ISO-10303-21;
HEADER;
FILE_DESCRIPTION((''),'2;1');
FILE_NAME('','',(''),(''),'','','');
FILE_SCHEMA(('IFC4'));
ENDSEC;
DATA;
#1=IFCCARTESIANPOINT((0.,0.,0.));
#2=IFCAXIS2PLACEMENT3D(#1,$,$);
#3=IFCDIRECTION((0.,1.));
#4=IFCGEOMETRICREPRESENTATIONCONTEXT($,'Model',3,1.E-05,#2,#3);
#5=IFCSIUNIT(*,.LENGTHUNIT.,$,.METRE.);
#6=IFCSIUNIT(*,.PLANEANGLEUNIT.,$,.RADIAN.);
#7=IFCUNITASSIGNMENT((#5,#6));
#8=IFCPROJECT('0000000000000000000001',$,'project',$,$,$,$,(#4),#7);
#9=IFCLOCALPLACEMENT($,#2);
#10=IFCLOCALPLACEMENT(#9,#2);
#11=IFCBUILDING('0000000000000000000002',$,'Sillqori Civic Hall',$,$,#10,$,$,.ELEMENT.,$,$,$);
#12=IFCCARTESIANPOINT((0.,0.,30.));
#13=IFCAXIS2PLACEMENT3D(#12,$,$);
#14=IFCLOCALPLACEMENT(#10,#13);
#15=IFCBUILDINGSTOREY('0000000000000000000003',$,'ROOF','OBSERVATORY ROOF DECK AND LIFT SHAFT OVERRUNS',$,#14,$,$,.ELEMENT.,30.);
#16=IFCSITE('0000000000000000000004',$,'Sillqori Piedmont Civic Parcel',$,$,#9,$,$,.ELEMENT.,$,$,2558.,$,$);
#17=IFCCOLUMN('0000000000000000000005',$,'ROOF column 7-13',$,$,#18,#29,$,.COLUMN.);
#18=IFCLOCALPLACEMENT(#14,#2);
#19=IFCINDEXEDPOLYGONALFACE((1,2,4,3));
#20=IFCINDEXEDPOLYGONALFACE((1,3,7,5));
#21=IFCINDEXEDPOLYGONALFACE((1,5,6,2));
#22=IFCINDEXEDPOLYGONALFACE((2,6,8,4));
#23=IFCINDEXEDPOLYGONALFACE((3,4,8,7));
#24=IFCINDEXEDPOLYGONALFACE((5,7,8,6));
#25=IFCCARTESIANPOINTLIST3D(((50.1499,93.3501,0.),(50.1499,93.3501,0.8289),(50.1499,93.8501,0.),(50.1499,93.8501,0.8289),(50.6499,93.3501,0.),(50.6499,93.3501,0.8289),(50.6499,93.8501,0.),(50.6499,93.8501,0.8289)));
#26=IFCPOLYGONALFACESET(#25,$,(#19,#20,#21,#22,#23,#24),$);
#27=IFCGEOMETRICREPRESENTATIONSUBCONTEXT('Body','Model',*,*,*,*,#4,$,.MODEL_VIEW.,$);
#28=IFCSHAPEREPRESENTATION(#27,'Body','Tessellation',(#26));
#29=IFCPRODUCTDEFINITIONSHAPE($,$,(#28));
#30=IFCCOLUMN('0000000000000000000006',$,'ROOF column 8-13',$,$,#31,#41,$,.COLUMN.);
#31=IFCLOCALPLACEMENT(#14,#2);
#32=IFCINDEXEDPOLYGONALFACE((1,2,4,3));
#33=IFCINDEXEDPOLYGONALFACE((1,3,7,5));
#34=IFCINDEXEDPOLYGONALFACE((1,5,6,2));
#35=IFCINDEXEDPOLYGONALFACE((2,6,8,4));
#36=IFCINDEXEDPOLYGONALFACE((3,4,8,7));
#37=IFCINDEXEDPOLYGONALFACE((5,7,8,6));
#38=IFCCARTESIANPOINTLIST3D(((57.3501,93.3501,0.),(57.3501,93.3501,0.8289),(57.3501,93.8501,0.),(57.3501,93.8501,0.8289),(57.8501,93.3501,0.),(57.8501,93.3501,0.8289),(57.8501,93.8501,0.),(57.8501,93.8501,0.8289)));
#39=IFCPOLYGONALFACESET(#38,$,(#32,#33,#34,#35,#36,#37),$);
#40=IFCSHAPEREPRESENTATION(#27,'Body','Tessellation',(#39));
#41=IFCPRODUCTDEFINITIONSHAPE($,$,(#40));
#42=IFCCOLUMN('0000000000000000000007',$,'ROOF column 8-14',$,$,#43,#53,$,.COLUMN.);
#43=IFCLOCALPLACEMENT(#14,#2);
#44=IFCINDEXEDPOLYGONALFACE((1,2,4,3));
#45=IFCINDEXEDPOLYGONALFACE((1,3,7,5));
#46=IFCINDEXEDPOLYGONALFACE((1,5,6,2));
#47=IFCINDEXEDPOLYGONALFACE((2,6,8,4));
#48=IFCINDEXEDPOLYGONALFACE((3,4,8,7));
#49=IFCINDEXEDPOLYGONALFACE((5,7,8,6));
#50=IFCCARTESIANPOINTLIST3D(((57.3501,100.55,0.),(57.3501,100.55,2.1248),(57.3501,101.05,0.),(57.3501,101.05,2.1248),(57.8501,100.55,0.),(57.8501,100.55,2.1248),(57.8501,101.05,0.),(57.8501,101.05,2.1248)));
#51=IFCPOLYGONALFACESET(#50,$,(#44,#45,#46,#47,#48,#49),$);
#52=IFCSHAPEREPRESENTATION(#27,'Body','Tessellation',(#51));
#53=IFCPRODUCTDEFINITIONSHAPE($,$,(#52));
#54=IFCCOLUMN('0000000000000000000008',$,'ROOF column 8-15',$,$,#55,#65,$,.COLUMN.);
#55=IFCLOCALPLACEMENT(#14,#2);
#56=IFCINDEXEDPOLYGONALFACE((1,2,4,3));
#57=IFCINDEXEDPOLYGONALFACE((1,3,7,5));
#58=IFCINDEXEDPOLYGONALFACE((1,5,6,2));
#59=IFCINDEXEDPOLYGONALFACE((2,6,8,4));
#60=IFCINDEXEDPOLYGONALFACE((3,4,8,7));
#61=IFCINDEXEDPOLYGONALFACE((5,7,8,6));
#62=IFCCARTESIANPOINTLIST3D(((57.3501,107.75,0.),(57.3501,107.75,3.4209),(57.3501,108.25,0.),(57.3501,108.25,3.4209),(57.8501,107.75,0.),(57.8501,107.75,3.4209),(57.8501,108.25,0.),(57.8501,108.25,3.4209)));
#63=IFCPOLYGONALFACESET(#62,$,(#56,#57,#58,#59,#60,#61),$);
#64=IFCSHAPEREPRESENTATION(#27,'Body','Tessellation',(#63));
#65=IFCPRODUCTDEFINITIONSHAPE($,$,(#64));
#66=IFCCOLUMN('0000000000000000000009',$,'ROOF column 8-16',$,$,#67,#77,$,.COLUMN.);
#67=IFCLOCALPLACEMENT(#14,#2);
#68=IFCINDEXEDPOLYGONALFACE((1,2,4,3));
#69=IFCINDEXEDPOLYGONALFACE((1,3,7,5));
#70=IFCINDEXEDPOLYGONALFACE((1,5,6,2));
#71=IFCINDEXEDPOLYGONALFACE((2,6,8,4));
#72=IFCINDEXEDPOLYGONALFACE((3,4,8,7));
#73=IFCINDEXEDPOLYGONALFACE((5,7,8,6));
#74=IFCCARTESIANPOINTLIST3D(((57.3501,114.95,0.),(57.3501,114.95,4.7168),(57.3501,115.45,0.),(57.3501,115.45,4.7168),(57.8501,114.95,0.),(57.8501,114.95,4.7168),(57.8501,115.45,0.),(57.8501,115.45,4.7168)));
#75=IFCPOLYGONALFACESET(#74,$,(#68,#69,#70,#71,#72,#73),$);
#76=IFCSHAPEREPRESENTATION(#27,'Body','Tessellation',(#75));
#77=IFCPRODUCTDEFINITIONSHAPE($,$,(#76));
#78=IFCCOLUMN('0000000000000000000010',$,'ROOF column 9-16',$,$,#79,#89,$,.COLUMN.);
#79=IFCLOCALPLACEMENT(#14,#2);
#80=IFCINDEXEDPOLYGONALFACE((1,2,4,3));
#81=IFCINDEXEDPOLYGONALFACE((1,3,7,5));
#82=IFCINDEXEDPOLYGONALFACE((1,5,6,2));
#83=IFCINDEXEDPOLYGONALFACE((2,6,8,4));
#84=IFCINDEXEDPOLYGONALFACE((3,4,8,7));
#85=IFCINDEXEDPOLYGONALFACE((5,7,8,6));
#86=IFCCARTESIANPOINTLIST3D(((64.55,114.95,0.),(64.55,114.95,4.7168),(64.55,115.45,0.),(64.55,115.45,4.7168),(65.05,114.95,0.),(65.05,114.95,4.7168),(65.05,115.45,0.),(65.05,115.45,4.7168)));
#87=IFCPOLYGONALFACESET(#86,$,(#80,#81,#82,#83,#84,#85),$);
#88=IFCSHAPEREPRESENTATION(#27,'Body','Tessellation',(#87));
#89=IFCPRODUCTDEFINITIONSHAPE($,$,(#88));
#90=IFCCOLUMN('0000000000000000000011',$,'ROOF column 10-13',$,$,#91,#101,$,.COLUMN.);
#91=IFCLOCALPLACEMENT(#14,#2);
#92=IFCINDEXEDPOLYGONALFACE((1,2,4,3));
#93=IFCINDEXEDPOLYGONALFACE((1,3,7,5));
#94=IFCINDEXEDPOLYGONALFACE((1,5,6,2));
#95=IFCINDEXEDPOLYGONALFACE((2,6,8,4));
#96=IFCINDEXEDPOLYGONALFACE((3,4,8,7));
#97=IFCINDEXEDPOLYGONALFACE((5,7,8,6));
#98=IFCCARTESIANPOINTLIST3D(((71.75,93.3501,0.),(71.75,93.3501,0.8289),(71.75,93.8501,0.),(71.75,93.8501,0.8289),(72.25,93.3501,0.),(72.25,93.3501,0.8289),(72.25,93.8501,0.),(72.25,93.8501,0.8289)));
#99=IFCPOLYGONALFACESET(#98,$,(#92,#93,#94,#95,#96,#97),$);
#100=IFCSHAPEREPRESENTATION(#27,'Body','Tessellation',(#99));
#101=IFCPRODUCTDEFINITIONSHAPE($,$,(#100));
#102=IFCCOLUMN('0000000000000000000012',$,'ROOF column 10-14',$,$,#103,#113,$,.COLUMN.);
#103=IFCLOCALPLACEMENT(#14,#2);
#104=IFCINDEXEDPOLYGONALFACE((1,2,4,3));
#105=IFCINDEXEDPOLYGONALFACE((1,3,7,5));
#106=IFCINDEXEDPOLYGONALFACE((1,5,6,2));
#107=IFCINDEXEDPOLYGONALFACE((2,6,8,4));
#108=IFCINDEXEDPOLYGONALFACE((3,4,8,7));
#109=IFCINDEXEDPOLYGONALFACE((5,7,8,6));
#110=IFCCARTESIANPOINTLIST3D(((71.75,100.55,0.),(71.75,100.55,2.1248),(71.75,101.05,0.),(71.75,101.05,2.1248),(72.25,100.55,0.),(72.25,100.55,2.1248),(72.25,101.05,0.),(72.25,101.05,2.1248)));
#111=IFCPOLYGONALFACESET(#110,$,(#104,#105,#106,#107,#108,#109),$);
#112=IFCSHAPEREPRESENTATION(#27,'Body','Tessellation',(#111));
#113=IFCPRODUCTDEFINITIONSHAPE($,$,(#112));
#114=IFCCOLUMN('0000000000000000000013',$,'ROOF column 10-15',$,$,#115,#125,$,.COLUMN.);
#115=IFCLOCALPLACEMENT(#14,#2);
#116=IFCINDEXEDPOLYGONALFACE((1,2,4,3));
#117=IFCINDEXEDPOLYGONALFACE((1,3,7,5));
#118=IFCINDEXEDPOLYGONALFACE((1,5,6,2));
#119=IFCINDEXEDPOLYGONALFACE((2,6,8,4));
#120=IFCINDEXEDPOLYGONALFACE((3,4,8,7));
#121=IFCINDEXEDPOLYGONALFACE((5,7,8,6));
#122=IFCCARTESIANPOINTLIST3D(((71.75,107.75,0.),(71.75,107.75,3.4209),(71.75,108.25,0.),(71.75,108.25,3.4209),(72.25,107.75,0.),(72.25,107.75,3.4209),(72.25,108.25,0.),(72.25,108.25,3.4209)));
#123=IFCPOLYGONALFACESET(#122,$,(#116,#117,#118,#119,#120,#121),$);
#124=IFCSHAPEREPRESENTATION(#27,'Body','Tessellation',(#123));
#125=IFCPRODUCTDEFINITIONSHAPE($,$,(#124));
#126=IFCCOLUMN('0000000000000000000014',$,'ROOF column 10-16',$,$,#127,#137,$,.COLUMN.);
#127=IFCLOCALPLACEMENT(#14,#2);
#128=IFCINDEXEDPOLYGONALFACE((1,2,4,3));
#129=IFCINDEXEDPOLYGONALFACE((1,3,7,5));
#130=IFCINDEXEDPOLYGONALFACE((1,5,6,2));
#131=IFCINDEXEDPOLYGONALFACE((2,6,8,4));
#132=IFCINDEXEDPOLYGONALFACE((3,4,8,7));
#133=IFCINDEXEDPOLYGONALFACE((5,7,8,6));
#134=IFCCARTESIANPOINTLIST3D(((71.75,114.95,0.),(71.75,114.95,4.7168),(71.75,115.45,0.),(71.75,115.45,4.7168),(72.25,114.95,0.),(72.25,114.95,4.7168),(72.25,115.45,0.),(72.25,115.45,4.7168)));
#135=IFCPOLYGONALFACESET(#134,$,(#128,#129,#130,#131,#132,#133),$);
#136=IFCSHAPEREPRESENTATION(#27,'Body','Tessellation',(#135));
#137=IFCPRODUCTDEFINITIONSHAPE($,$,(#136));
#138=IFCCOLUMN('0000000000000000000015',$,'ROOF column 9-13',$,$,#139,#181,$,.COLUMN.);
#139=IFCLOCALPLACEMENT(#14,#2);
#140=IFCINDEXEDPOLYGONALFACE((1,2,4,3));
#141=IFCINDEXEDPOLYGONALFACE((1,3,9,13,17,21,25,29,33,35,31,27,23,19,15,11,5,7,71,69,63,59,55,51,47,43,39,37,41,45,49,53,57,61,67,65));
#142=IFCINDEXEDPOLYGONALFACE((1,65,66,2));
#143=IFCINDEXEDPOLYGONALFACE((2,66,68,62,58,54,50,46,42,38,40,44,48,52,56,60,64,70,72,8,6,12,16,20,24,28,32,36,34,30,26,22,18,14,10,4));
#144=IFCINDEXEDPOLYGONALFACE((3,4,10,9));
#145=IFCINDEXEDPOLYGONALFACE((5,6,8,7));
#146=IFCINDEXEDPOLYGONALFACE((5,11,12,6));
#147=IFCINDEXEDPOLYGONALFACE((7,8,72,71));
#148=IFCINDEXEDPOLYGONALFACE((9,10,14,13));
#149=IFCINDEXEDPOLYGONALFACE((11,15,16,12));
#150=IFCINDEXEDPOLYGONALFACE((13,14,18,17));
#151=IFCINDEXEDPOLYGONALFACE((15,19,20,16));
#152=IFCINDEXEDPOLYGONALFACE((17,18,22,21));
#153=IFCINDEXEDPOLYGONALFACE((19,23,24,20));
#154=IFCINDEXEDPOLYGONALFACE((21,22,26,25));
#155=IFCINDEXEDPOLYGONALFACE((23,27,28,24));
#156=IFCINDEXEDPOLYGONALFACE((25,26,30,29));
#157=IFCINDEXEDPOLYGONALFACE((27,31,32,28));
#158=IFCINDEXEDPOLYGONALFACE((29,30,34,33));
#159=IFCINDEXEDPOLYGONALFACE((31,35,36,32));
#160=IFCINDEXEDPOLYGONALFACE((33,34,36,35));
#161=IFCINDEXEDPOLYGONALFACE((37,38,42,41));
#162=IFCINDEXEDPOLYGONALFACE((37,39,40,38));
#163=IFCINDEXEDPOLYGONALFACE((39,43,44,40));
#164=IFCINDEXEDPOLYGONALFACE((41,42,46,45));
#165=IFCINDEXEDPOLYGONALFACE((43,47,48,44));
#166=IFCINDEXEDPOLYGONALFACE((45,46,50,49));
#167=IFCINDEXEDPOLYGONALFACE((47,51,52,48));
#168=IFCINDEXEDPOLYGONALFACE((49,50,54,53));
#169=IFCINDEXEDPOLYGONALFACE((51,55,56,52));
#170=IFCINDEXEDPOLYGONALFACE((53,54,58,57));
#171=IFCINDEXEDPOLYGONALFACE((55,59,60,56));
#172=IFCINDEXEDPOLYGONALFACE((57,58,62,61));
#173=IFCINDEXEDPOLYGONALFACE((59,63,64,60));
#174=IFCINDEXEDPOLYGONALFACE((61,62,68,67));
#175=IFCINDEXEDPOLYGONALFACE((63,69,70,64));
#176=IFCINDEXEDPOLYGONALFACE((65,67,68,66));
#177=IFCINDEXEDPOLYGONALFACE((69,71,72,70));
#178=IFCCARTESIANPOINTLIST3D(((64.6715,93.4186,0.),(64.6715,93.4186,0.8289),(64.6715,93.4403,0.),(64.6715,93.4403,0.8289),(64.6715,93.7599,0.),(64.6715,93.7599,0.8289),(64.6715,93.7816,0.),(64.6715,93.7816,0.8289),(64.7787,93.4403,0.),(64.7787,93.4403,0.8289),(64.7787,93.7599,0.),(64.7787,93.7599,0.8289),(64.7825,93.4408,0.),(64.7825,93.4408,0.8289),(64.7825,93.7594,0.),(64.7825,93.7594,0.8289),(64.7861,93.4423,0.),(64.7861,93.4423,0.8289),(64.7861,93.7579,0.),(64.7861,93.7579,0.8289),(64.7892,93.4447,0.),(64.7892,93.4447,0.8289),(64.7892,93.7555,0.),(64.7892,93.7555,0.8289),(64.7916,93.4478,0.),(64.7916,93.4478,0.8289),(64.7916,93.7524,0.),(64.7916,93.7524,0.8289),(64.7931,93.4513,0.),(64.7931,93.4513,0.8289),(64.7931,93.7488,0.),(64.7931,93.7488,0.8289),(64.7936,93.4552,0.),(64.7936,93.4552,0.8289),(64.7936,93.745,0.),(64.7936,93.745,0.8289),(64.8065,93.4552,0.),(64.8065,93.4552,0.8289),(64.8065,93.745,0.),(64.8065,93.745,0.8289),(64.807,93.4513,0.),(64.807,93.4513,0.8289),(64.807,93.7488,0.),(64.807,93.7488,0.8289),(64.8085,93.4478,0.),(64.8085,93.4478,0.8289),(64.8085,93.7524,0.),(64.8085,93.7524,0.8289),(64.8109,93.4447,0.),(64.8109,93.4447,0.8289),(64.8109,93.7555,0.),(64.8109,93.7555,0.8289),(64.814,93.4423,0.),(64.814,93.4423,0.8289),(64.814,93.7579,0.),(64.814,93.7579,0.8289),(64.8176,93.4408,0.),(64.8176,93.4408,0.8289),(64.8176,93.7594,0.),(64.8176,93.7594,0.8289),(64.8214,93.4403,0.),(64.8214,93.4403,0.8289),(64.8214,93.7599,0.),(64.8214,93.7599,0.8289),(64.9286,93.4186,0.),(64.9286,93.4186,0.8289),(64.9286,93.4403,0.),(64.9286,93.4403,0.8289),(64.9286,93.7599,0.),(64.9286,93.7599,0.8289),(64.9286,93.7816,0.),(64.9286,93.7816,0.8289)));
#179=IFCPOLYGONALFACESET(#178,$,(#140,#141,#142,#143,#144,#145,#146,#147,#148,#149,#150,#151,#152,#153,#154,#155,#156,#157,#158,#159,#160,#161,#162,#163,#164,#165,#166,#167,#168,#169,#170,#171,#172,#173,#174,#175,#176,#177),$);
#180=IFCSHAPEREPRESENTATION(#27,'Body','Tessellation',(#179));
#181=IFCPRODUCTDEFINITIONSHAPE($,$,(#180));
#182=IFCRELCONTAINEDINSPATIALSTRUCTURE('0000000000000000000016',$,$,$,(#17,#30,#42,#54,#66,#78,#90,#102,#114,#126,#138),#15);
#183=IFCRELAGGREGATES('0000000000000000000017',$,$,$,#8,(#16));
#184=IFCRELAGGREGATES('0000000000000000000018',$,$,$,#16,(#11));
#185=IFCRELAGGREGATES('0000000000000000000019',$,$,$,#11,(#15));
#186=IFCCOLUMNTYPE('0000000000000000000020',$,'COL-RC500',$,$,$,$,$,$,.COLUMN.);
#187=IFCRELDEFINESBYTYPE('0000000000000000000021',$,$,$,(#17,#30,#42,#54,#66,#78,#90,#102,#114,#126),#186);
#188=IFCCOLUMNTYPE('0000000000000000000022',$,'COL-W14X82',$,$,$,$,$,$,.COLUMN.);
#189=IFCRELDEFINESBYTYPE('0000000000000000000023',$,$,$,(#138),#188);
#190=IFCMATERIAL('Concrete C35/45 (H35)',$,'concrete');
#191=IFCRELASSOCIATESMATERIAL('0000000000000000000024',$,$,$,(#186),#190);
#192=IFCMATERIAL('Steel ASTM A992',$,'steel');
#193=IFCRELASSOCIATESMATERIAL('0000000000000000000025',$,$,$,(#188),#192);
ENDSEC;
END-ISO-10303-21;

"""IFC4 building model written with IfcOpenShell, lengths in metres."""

from ifc_helpers import new_model, si_unit, direction, frame, origin, origin_2d, place, context, subcontext, project, spatial, rectangle, i_section, extrude, material, material_profile, profile_set, type_object, element, save


model = new_model("IFC4")

# Units and contexts
model_context = context("Model", 3, precision=1e-05, world=origin(), true_north=direction((0.0, 1.0)))
body_context = subcontext(model_context, "Body", "Model", "MODEL_VIEW")
ifc_project = project(units=[si_unit("LENGTHUNIT", "METRE"), si_unit("PLANEANGLEUNIT", "RADIAN")], contexts=[model_context])

# Site, building, storey
site_placement = place(None, origin())
site = spatial("IfcSite", under=ifc_project, at=site_placement, Name="Sillqori Piedmont Civic Parcel", CompositionType="ELEMENT", RefElevation=2558.0)
building_placement = place(site_placement, origin())
building = spatial("IfcBuilding", under=site, at=building_placement, Name="Sillqori Civic Hall", CompositionType="ELEMENT")
storey_placement = place(building_placement, frame((0.0, 0.0, 30.0)))
storey = spatial("IfcBuildingStorey", under=building, at=storey_placement, Name="ROOF", Description="OBSERVATORY ROOF DECK AND LIFT SHAFT OVERRUNS", CompositionType="ELEMENT", Elevation=30.0)

# Columns
ifc_material_1 = material(Name="Concrete C35/45 (H35)", Category="concrete")
ifc_material_profile_1 = material_profile(ifc_material_1, rectangle(XDim=0.5, YDim=0.5, at=origin_2d()), Name="RC 500x500")
ifc_profile_set_1 = profile_set([ifc_material_profile_1], Name="Concrete C35/45 (H35)")
column_type_1 = type_object("IfcColumnType", Name="COL-RC500", PredefinedType="COLUMN", material=ifc_profile_set_1)
for number, where, z_axis, x_axis, name in (
    (1, (50.3999, 93.6001, 0.0), (0.0, 0.0, 1.0), (1.0, 0.0, 0.0), "ROOF column 7-13"),
    (2, (57.6001, 93.6001, 0.0), (0.0, 0.0, 1.0), (1.0, 0.0, 0.0), "ROOF column 8-13"),
):
    element("IfcColumn", number, at=place(storey_placement, frame(where, z_axis=z_axis, x_axis=x_axis)), inside=storey, type_object=column_type_1, Name=name, PredefinedType="COLUMN", context=body_context, shape_type="SweptSolid", body=[
        extrude(rectangle(XDim=0.5, YDim=0.5, at=origin_2d()), origin(), (0.0, 0.0, 1.0), 0.8289),
    ])
column_1_placement = place(storey_placement, frame((57.6001, 100.8, 0.0), z_axis=(0.0, 0.0, 1.0), x_axis=(1.0, 0.0, 0.0)))
element("IfcColumn", 3, at=column_1_placement, inside=storey, type_object=column_type_1, Name="ROOF column 8-14", PredefinedType="COLUMN", context=body_context, shape_type="SweptSolid", body=[
    extrude(rectangle(XDim=0.5, YDim=0.5, at=origin_2d()), origin(), (0.0, 0.0, 1.0), 2.1248),
])
column_2_placement = place(storey_placement, frame((57.6001, 108.0, 0.0), z_axis=(0.0, 0.0, 1.0), x_axis=(1.0, 0.0, 0.0)))
element("IfcColumn", 4, at=column_2_placement, inside=storey, type_object=column_type_1, Name="ROOF column 8-15", PredefinedType="COLUMN", context=body_context, shape_type="SweptSolid", body=[
    extrude(rectangle(XDim=0.5, YDim=0.5, at=origin_2d()), origin(), (0.0, 0.0, 1.0), 3.4209),
])
for number, where, z_axis, x_axis, name in (
    (5, (57.6001, 115.2, 0.0), (0.0, 0.0, 1.0), (1.0, 0.0, 0.0), "ROOF column 8-16"),
    (6, (64.8, 115.2, 0.0), (0.0, 0.0, 1.0), (1.0, 0.0, 0.0), "ROOF column 9-16"),
):
    element("IfcColumn", number, at=place(storey_placement, frame(where, z_axis=z_axis, x_axis=x_axis)), inside=storey, type_object=column_type_1, Name=name, PredefinedType="COLUMN", context=body_context, shape_type="SweptSolid", body=[
        extrude(rectangle(XDim=0.5, YDim=0.5, at=origin_2d()), origin(), (0.0, 0.0, 1.0), 4.7168),
    ])
column_3_placement = place(storey_placement, frame((72.0, 93.6001, 0.0), z_axis=(0.0, 0.0, 1.0), x_axis=(1.0, 0.0, 0.0)))
element("IfcColumn", 7, at=column_3_placement, inside=storey, type_object=column_type_1, Name="ROOF column 10-13", PredefinedType="COLUMN", context=body_context, shape_type="SweptSolid", body=[
    extrude(rectangle(XDim=0.5, YDim=0.5, at=origin_2d()), origin(), (0.0, 0.0, 1.0), 0.8289),
])
column_4_placement = place(storey_placement, frame((72.0, 100.8, 0.0), z_axis=(0.0, 0.0, 1.0), x_axis=(1.0, 0.0, 0.0)))
element("IfcColumn", 8, at=column_4_placement, inside=storey, type_object=column_type_1, Name="ROOF column 10-14", PredefinedType="COLUMN", context=body_context, shape_type="SweptSolid", body=[
    extrude(rectangle(XDim=0.5, YDim=0.5, at=origin_2d()), origin(), (0.0, 0.0, 1.0), 2.1248),
])
column_5_placement = place(storey_placement, frame((72.0, 108.0, 0.0), z_axis=(0.0, 0.0, 1.0), x_axis=(1.0, 0.0, 0.0)))
element("IfcColumn", 9, at=column_5_placement, inside=storey, type_object=column_type_1, Name="ROOF column 10-15", PredefinedType="COLUMN", context=body_context, shape_type="SweptSolid", body=[
    extrude(rectangle(XDim=0.5, YDim=0.5, at=origin_2d()), origin(), (0.0, 0.0, 1.0), 3.4209),
])
column_6_placement = place(storey_placement, frame((72.0, 115.2, 0.0), z_axis=(0.0, 0.0, 1.0), x_axis=(1.0, 0.0, 0.0)))
element("IfcColumn", 10, at=column_6_placement, inside=storey, type_object=column_type_1, Name="ROOF column 10-16", PredefinedType="COLUMN", context=body_context, shape_type="SweptSolid", body=[
    extrude(rectangle(XDim=0.5, YDim=0.5, at=origin_2d()), origin(), (0.0, 0.0, 1.0), 4.7168),
])
ifc_material_2 = material(Name="Steel ASTM A992", Category="steel")
ifc_material_profile_2 = material_profile(ifc_material_2, i_section(OverallWidth=0.2571, OverallDepth=0.363, WebThickness=0.0129, FlangeThickness=0.0217, FilletRadius=0.0149, at=origin_2d()), Name="W14X82")
ifc_profile_set_2 = profile_set([ifc_material_profile_2], Name="Steel ASTM A992")
column_type_2 = type_object("IfcColumnType", Name="COL-W14X82", PredefinedType="COLUMN", material=ifc_profile_set_2)
column_7_placement = place(storey_placement, frame((64.8, 93.6001, 0.0), z_axis=(0.0, 0.0, 1.0), x_axis=(1.0, 0.0, 0.0)))
element("IfcColumn", 11, at=column_7_placement, inside=storey, type_object=column_type_2, Name="ROOF column 9-13", PredefinedType="COLUMN", context=body_context, shape_type="SweptSolid", body=[
    extrude(i_section(OverallWidth=0.2571, OverallDepth=0.363, WebThickness=0.0129, FlangeThickness=0.0217, FilletRadius=0.0149, at=origin_2d()), origin(), (0.0, 0.0, 1.0), 0.8289),
])

save(model, "model.ifc")
